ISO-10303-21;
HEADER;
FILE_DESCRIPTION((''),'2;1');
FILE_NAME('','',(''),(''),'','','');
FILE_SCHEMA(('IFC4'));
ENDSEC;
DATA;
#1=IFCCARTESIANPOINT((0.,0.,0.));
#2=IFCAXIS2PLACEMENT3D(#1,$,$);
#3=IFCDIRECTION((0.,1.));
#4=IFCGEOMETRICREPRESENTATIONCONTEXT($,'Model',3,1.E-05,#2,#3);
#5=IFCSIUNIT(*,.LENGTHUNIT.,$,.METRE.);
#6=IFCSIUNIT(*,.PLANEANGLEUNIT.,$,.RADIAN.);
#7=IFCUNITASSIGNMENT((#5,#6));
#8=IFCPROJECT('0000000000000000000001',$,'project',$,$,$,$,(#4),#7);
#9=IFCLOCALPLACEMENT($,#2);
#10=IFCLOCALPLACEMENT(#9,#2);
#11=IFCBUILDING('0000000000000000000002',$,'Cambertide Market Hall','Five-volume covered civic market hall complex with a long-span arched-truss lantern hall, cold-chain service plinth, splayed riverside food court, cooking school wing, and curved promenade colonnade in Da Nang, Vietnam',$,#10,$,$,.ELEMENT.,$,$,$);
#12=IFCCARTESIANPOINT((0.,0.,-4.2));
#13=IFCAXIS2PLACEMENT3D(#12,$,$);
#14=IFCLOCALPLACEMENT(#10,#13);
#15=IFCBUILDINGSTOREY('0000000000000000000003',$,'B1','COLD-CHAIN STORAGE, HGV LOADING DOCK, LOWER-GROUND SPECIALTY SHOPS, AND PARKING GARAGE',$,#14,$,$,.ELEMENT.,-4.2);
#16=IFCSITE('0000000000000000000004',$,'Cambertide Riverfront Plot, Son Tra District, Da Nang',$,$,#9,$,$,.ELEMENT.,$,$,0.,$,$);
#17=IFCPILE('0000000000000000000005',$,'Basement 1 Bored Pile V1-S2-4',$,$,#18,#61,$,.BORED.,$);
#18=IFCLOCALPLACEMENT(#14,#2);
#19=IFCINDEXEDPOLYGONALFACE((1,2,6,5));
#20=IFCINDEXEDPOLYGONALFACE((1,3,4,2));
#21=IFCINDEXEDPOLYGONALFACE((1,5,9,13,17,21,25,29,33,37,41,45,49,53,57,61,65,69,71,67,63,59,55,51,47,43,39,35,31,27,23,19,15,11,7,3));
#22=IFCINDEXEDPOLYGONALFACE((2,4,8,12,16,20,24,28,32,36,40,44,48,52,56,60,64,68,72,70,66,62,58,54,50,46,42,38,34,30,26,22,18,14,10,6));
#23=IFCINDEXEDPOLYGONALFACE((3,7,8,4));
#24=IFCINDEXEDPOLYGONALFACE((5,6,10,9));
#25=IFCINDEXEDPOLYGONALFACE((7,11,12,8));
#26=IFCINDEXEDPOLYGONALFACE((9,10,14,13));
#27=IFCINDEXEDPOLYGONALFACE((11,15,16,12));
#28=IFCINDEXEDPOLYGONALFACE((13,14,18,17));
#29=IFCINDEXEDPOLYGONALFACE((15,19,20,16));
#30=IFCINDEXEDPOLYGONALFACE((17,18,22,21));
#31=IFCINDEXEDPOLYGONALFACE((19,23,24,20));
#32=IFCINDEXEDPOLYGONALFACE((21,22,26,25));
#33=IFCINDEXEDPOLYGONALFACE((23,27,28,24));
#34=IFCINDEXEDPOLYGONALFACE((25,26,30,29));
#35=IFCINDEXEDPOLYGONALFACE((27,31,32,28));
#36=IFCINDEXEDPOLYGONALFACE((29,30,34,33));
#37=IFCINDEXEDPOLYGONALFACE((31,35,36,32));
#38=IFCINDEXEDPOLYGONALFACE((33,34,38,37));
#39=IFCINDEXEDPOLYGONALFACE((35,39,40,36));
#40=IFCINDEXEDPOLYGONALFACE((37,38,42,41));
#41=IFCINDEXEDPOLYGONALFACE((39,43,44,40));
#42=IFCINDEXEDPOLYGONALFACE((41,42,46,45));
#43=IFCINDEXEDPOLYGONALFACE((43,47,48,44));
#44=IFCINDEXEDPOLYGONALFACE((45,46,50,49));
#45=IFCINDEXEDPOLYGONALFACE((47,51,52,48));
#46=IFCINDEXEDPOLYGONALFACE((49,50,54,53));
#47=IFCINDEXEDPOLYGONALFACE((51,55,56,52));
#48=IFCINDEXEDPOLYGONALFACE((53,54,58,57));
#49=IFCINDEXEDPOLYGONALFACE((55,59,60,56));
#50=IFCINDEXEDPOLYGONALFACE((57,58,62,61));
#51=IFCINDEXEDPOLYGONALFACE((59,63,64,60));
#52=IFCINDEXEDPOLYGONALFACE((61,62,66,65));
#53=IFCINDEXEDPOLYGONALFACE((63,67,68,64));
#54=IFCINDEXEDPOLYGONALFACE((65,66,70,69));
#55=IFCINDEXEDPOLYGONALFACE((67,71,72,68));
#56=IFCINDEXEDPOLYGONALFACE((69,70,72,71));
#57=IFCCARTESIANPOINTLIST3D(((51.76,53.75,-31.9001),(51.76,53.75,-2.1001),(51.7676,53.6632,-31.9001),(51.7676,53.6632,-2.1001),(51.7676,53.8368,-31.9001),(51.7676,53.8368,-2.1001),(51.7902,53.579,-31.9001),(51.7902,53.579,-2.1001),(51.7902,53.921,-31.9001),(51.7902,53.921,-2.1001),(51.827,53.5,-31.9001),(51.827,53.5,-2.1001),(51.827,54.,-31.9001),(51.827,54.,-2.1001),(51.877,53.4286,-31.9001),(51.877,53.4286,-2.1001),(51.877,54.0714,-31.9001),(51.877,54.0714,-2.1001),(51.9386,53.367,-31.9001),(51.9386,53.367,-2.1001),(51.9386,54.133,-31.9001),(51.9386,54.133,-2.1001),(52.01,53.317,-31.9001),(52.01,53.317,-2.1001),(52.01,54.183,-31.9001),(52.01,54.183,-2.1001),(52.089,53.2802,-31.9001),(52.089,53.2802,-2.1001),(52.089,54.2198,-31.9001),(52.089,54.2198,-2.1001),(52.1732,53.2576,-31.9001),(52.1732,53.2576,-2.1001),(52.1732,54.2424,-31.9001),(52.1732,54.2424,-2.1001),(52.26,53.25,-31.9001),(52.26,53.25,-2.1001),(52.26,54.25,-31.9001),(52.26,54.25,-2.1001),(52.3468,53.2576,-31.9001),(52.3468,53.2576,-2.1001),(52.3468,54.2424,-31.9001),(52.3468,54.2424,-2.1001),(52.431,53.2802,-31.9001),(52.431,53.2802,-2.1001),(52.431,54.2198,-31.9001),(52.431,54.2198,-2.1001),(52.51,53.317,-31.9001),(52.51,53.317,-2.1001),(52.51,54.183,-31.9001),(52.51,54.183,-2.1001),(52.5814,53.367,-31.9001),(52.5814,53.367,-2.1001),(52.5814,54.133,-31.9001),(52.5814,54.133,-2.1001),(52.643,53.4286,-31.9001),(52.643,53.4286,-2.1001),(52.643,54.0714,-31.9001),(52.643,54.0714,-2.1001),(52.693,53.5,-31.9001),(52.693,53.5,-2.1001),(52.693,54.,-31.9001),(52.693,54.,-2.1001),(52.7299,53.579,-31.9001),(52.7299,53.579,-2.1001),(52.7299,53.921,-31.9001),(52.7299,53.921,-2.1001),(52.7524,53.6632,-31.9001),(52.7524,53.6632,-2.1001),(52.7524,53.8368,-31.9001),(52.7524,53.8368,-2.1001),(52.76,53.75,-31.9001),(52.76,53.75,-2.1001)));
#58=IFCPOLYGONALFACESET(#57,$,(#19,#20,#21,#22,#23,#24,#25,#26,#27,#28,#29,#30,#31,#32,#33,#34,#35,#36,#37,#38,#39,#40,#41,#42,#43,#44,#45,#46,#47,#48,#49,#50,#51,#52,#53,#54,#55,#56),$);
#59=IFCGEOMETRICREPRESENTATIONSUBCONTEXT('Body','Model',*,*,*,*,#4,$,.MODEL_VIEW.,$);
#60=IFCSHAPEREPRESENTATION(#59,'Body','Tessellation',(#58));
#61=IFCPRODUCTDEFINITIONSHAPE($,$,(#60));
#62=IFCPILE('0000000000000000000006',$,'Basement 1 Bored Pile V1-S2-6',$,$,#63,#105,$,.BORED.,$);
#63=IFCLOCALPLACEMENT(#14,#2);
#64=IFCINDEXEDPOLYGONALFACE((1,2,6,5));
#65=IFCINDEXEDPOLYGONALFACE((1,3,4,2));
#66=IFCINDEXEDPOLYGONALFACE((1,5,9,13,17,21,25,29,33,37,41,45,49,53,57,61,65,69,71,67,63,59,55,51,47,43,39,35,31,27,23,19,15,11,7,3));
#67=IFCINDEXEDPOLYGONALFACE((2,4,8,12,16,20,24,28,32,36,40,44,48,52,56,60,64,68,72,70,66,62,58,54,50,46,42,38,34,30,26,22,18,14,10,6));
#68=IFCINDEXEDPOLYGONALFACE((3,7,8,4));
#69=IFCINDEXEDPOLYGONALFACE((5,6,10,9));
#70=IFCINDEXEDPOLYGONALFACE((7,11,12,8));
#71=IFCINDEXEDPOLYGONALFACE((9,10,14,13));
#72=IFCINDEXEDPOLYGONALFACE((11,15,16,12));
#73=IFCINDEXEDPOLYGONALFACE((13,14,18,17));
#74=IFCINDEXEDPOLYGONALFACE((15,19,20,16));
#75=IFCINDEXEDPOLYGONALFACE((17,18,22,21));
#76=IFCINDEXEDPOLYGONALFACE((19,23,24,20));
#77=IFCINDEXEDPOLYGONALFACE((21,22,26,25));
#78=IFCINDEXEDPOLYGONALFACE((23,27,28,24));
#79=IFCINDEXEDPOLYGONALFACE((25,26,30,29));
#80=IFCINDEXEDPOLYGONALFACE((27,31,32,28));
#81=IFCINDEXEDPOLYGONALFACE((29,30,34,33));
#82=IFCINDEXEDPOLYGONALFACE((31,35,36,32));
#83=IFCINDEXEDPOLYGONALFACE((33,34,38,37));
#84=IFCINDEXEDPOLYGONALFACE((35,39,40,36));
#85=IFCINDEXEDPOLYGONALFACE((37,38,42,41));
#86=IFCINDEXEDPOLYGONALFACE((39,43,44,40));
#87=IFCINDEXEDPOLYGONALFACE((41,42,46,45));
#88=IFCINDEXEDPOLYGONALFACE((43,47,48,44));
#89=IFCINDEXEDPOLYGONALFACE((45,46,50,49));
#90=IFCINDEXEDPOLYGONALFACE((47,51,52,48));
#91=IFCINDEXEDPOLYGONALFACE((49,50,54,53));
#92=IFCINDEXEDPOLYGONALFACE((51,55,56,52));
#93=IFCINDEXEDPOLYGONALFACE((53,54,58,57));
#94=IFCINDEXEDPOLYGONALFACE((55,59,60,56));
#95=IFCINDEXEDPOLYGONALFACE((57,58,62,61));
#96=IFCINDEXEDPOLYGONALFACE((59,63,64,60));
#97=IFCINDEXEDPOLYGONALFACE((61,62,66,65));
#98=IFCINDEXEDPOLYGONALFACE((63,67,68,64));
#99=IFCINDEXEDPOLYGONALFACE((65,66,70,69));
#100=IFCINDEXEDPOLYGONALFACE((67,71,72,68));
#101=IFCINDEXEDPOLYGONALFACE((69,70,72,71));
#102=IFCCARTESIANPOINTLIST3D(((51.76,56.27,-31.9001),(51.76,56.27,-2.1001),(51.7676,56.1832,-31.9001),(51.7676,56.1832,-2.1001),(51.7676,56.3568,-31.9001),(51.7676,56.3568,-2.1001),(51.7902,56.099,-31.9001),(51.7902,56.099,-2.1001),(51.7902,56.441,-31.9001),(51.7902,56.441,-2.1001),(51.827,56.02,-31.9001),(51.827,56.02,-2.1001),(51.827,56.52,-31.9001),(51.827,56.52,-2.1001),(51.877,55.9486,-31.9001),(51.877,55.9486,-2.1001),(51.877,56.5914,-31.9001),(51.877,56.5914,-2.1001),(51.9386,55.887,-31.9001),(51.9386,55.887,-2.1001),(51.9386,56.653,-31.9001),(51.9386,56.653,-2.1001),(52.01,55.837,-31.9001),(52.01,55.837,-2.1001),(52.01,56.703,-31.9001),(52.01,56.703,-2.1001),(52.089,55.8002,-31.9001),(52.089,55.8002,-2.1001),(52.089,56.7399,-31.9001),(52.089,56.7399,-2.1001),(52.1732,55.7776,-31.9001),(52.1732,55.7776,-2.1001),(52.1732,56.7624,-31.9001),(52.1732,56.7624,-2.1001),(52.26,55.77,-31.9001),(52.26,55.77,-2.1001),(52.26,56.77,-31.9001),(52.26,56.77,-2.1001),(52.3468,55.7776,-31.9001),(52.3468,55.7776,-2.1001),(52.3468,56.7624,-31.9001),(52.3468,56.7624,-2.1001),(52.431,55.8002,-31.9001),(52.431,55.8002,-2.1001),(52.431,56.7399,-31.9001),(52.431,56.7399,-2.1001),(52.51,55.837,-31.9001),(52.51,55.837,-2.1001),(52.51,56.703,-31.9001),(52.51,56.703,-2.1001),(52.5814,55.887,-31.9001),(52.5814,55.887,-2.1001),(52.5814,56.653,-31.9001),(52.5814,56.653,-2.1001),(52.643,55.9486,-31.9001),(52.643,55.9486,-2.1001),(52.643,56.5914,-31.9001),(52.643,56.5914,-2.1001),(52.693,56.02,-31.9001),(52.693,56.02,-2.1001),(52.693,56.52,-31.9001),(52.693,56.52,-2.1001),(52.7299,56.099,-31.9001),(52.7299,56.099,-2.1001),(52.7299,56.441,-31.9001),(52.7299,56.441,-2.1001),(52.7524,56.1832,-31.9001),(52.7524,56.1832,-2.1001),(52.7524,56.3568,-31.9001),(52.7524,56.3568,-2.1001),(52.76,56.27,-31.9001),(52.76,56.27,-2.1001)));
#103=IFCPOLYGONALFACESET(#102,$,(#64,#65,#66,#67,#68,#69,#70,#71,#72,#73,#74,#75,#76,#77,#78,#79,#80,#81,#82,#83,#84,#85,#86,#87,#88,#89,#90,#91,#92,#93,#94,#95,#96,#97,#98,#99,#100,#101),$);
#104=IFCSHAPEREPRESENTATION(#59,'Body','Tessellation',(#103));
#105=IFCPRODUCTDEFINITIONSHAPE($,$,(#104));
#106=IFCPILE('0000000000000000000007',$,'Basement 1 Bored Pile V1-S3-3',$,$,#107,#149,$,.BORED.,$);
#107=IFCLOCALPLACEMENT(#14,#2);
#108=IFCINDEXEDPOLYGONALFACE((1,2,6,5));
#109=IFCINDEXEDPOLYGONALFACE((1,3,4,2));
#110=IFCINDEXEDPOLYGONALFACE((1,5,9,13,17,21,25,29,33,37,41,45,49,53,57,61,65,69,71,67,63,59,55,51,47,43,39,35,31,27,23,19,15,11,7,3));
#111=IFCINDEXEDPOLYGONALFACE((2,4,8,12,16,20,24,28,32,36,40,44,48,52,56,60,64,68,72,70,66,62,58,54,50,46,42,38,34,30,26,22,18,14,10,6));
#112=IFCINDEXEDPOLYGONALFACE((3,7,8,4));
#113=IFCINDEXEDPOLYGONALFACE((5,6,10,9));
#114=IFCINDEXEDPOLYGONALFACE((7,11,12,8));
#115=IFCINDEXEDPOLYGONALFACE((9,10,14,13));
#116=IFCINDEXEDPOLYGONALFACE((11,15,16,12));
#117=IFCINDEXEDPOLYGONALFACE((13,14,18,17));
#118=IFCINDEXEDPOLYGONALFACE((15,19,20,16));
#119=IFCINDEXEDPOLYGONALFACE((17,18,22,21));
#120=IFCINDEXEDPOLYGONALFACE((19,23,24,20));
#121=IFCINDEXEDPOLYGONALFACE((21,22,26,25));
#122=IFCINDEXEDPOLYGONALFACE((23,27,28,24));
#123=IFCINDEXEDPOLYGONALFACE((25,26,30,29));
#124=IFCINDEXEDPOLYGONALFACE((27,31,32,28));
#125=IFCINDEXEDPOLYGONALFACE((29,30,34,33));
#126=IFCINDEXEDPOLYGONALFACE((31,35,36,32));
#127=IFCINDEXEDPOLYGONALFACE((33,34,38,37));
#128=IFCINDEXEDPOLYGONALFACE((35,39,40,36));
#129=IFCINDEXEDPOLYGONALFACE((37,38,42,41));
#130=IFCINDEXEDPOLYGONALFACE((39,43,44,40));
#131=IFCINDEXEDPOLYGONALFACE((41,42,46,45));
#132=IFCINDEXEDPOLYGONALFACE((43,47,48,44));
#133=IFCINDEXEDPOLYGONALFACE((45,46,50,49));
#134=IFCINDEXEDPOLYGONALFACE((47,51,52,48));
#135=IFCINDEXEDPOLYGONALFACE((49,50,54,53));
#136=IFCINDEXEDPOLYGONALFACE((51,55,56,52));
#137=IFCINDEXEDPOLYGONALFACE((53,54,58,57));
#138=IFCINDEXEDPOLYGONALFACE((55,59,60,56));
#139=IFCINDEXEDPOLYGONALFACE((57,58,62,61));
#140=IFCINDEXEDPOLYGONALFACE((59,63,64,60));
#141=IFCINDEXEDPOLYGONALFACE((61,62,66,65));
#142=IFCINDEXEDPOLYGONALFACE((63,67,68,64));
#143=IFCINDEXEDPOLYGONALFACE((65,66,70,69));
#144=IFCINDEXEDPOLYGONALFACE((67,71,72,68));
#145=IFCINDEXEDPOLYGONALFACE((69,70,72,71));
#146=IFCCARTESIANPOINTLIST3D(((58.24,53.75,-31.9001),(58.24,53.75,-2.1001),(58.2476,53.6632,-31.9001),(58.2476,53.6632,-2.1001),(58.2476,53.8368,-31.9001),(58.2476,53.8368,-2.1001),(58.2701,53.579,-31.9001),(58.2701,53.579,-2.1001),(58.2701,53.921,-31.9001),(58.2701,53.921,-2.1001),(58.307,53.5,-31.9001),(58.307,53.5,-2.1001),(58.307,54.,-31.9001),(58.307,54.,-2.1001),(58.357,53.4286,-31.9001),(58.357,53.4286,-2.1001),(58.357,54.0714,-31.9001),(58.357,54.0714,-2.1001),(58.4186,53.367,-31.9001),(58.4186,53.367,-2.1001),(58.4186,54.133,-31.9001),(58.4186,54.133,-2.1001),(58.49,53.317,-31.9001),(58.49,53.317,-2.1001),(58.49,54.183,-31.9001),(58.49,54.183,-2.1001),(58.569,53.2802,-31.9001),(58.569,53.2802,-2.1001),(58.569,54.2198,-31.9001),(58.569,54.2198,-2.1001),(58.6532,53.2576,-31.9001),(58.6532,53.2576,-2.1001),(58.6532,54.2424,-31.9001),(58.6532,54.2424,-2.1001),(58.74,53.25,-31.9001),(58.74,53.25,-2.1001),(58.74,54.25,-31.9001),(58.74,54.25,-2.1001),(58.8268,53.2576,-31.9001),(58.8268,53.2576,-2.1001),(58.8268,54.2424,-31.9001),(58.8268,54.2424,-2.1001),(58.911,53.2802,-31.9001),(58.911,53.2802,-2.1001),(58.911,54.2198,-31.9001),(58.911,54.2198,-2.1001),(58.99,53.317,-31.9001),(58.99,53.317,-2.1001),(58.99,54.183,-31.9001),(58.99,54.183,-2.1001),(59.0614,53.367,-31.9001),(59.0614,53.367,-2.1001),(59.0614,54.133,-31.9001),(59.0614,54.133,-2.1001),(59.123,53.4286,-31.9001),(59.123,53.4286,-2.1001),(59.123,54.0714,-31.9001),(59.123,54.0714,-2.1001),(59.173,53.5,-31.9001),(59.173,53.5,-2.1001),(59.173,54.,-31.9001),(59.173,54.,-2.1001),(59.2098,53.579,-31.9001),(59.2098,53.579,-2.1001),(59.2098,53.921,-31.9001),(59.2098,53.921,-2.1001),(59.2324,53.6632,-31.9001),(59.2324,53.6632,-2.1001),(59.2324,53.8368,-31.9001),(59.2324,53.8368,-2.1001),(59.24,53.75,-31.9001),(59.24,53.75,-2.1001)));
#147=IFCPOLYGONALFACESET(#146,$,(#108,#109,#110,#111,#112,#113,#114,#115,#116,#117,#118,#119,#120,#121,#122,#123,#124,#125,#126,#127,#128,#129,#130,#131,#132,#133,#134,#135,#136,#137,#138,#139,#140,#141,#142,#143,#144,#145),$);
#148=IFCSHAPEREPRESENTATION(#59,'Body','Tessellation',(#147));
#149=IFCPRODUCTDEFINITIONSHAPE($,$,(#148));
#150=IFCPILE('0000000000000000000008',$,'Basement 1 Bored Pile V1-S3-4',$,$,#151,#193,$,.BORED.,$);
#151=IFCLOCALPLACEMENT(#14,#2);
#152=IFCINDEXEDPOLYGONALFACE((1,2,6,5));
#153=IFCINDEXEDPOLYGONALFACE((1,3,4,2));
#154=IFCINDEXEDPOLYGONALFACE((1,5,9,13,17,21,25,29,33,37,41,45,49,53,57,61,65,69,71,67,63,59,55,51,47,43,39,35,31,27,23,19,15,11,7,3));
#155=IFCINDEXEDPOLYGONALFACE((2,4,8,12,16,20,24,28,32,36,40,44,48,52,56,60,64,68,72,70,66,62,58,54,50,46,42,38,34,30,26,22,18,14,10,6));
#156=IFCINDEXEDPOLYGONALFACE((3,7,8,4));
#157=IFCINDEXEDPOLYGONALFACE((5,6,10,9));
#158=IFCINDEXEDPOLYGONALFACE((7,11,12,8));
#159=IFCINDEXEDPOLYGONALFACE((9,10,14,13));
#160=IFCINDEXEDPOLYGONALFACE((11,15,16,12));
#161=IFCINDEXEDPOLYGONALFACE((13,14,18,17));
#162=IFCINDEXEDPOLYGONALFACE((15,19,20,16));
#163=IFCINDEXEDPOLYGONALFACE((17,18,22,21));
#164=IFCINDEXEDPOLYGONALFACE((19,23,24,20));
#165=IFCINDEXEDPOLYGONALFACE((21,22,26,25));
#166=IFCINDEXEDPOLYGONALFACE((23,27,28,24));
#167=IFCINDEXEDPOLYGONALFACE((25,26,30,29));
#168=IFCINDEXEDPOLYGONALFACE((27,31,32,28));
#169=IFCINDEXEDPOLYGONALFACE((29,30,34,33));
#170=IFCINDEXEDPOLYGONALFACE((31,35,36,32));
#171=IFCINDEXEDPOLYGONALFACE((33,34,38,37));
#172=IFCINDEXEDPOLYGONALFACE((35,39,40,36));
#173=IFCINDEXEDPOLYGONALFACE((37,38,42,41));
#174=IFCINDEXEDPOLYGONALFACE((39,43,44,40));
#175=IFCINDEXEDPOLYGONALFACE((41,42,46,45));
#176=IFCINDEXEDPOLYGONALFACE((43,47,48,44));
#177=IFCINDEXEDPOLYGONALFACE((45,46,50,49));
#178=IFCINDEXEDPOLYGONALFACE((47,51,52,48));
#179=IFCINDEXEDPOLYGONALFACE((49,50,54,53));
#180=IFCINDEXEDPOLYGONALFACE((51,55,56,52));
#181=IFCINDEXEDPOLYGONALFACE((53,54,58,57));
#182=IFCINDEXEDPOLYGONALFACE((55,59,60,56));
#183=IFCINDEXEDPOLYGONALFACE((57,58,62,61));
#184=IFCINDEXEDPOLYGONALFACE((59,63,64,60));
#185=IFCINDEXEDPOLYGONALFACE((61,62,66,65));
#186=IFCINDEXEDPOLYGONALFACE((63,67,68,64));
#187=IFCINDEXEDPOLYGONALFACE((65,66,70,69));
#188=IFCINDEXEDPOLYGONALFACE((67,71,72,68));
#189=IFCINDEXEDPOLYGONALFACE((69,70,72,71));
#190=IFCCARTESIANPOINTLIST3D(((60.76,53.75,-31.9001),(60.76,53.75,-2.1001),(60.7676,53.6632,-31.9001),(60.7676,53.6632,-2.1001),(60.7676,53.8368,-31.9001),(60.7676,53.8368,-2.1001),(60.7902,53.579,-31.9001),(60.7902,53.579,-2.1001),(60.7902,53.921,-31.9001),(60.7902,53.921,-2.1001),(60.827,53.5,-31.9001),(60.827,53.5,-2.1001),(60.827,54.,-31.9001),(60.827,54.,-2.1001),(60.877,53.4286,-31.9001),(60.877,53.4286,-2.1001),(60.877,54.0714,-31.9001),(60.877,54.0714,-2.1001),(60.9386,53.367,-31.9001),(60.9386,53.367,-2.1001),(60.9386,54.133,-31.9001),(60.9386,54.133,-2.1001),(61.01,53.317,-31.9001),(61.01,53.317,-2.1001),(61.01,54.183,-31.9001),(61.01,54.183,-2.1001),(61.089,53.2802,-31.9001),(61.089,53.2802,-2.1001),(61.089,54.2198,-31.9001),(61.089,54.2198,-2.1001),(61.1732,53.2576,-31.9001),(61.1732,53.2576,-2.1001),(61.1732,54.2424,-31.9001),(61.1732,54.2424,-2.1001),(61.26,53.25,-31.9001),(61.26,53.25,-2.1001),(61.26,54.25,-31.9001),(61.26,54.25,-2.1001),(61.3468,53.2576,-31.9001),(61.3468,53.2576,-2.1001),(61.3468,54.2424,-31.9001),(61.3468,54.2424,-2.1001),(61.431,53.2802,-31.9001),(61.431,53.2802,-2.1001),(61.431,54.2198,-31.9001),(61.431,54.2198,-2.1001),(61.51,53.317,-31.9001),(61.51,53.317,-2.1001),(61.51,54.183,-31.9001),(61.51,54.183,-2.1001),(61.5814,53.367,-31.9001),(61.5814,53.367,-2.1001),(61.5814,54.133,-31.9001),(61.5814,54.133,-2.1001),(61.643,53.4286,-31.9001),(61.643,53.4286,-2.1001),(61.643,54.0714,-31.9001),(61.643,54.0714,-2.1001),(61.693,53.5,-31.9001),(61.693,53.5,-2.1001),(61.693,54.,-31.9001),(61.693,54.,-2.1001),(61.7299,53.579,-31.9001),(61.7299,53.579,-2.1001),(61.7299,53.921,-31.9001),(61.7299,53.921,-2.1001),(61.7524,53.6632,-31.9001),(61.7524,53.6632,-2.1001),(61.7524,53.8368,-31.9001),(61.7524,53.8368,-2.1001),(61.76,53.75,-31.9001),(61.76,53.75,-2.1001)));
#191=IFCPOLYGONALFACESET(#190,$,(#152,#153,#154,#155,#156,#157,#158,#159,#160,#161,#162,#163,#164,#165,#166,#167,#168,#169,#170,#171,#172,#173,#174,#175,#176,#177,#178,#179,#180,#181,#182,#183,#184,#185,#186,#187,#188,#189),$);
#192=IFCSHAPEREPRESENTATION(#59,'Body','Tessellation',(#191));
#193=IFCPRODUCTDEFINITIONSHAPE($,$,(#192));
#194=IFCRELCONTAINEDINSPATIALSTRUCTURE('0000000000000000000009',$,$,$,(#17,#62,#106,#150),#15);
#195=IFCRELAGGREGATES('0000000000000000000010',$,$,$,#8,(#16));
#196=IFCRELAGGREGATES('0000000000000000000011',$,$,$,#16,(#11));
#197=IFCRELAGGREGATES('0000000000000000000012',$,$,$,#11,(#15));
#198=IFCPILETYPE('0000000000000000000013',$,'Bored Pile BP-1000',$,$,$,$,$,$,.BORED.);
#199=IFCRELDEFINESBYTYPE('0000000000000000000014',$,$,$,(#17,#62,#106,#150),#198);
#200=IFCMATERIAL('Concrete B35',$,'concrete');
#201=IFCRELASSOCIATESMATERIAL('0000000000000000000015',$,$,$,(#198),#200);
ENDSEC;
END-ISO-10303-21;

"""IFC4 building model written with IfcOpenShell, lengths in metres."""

from ifc_helpers import new_model, si_unit, direction, frame, origin, origin_2d, place, context, subcontext, project, spatial, circle, extrude, material, material_profile, profile_set, type_object, element, save


model = new_model("IFC4")

# Units and contexts
model_context = context("Model", 3, precision=1e-05, world=origin(), true_north=direction((0.0, 1.0)))
body_context = subcontext(model_context, "Body", "Model", "MODEL_VIEW")
ifc_project = project(units=[si_unit("LENGTHUNIT", "METRE"), si_unit("PLANEANGLEUNIT", "RADIAN")], contexts=[model_context])

# Site, building, storey
site_placement = place(None, origin())
site = spatial("IfcSite", under=ifc_project, at=site_placement, Name="Cambertide Riverfront Plot, Son Tra District, Da Nang", CompositionType="ELEMENT", RefElevation=0.0)
building_placement = place(site_placement, origin())
building = spatial("IfcBuilding", under=site, at=building_placement, Name="Cambertide Market Hall", Description="Five-volume covered civic market hall complex with a long-span arched-truss lantern hall, cold-chain service plinth, splayed riverside food court, cooking school wing, and curved promenade colonnade in Da Nang, Vietnam", CompositionType="ELEMENT")
storey_placement = place(building_placement, frame((0.0, 0.0, -4.2)))
storey = spatial("IfcBuildingStorey", under=building, at=storey_placement, Name="B1", Description="COLD-CHAIN STORAGE, HGV LOADING DOCK, LOWER-GROUND SPECIALTY SHOPS, AND PARKING GARAGE", CompositionType="ELEMENT", Elevation=-4.2)

# Piles
ifc_material_1 = material(Name="Concrete B35", Category="concrete")
ifc_material_profile_1 = material_profile(ifc_material_1, circle(Radius=0.5, at=origin_2d()), Name="BP D1000")
ifc_profile_set_1 = profile_set([ifc_material_profile_1], Name="Concrete B35")
pile_type_1 = type_object("IfcPileType", Name="Bored Pile BP-1000", PredefinedType="BORED", material=ifc_profile_set_1)
for number, where, z_axis, x_axis, name in (
    (1, (52.26, 53.75, -2.1001), (0.0, 0.0, -1.0), (1.0, 0.0, 0.0), "Basement 1 Bored Pile V1-S2-4"),
    (2, (52.26, 56.27, -2.1001), (0.0, 0.0, -1.0), (1.0, 0.0, 0.0), "Basement 1 Bored Pile V1-S2-6"),
    (3, (58.74, 53.75, -2.1001), (0.0, 0.0, -1.0), (1.0, 0.0, 0.0), "Basement 1 Bored Pile V1-S3-3"),
    (4, (61.26, 53.75, -2.1001), (0.0, 0.0, -1.0), (1.0, 0.0, 0.0), "Basement 1 Bored Pile V1-S3-4"),
):
    element("IfcPile", number, at=place(storey_placement, frame(where, z_axis=z_axis, x_axis=x_axis)), inside=storey, type_object=pile_type_1, Name=name, PredefinedType="BORED", context=body_context, shape_type="SweptSolid", body=[
        extrude(circle(Radius=0.5, at=origin_2d()), origin(), (0.0, 0.0, 1.0), 29.8),
    ])

save(model, "model.ifc")
